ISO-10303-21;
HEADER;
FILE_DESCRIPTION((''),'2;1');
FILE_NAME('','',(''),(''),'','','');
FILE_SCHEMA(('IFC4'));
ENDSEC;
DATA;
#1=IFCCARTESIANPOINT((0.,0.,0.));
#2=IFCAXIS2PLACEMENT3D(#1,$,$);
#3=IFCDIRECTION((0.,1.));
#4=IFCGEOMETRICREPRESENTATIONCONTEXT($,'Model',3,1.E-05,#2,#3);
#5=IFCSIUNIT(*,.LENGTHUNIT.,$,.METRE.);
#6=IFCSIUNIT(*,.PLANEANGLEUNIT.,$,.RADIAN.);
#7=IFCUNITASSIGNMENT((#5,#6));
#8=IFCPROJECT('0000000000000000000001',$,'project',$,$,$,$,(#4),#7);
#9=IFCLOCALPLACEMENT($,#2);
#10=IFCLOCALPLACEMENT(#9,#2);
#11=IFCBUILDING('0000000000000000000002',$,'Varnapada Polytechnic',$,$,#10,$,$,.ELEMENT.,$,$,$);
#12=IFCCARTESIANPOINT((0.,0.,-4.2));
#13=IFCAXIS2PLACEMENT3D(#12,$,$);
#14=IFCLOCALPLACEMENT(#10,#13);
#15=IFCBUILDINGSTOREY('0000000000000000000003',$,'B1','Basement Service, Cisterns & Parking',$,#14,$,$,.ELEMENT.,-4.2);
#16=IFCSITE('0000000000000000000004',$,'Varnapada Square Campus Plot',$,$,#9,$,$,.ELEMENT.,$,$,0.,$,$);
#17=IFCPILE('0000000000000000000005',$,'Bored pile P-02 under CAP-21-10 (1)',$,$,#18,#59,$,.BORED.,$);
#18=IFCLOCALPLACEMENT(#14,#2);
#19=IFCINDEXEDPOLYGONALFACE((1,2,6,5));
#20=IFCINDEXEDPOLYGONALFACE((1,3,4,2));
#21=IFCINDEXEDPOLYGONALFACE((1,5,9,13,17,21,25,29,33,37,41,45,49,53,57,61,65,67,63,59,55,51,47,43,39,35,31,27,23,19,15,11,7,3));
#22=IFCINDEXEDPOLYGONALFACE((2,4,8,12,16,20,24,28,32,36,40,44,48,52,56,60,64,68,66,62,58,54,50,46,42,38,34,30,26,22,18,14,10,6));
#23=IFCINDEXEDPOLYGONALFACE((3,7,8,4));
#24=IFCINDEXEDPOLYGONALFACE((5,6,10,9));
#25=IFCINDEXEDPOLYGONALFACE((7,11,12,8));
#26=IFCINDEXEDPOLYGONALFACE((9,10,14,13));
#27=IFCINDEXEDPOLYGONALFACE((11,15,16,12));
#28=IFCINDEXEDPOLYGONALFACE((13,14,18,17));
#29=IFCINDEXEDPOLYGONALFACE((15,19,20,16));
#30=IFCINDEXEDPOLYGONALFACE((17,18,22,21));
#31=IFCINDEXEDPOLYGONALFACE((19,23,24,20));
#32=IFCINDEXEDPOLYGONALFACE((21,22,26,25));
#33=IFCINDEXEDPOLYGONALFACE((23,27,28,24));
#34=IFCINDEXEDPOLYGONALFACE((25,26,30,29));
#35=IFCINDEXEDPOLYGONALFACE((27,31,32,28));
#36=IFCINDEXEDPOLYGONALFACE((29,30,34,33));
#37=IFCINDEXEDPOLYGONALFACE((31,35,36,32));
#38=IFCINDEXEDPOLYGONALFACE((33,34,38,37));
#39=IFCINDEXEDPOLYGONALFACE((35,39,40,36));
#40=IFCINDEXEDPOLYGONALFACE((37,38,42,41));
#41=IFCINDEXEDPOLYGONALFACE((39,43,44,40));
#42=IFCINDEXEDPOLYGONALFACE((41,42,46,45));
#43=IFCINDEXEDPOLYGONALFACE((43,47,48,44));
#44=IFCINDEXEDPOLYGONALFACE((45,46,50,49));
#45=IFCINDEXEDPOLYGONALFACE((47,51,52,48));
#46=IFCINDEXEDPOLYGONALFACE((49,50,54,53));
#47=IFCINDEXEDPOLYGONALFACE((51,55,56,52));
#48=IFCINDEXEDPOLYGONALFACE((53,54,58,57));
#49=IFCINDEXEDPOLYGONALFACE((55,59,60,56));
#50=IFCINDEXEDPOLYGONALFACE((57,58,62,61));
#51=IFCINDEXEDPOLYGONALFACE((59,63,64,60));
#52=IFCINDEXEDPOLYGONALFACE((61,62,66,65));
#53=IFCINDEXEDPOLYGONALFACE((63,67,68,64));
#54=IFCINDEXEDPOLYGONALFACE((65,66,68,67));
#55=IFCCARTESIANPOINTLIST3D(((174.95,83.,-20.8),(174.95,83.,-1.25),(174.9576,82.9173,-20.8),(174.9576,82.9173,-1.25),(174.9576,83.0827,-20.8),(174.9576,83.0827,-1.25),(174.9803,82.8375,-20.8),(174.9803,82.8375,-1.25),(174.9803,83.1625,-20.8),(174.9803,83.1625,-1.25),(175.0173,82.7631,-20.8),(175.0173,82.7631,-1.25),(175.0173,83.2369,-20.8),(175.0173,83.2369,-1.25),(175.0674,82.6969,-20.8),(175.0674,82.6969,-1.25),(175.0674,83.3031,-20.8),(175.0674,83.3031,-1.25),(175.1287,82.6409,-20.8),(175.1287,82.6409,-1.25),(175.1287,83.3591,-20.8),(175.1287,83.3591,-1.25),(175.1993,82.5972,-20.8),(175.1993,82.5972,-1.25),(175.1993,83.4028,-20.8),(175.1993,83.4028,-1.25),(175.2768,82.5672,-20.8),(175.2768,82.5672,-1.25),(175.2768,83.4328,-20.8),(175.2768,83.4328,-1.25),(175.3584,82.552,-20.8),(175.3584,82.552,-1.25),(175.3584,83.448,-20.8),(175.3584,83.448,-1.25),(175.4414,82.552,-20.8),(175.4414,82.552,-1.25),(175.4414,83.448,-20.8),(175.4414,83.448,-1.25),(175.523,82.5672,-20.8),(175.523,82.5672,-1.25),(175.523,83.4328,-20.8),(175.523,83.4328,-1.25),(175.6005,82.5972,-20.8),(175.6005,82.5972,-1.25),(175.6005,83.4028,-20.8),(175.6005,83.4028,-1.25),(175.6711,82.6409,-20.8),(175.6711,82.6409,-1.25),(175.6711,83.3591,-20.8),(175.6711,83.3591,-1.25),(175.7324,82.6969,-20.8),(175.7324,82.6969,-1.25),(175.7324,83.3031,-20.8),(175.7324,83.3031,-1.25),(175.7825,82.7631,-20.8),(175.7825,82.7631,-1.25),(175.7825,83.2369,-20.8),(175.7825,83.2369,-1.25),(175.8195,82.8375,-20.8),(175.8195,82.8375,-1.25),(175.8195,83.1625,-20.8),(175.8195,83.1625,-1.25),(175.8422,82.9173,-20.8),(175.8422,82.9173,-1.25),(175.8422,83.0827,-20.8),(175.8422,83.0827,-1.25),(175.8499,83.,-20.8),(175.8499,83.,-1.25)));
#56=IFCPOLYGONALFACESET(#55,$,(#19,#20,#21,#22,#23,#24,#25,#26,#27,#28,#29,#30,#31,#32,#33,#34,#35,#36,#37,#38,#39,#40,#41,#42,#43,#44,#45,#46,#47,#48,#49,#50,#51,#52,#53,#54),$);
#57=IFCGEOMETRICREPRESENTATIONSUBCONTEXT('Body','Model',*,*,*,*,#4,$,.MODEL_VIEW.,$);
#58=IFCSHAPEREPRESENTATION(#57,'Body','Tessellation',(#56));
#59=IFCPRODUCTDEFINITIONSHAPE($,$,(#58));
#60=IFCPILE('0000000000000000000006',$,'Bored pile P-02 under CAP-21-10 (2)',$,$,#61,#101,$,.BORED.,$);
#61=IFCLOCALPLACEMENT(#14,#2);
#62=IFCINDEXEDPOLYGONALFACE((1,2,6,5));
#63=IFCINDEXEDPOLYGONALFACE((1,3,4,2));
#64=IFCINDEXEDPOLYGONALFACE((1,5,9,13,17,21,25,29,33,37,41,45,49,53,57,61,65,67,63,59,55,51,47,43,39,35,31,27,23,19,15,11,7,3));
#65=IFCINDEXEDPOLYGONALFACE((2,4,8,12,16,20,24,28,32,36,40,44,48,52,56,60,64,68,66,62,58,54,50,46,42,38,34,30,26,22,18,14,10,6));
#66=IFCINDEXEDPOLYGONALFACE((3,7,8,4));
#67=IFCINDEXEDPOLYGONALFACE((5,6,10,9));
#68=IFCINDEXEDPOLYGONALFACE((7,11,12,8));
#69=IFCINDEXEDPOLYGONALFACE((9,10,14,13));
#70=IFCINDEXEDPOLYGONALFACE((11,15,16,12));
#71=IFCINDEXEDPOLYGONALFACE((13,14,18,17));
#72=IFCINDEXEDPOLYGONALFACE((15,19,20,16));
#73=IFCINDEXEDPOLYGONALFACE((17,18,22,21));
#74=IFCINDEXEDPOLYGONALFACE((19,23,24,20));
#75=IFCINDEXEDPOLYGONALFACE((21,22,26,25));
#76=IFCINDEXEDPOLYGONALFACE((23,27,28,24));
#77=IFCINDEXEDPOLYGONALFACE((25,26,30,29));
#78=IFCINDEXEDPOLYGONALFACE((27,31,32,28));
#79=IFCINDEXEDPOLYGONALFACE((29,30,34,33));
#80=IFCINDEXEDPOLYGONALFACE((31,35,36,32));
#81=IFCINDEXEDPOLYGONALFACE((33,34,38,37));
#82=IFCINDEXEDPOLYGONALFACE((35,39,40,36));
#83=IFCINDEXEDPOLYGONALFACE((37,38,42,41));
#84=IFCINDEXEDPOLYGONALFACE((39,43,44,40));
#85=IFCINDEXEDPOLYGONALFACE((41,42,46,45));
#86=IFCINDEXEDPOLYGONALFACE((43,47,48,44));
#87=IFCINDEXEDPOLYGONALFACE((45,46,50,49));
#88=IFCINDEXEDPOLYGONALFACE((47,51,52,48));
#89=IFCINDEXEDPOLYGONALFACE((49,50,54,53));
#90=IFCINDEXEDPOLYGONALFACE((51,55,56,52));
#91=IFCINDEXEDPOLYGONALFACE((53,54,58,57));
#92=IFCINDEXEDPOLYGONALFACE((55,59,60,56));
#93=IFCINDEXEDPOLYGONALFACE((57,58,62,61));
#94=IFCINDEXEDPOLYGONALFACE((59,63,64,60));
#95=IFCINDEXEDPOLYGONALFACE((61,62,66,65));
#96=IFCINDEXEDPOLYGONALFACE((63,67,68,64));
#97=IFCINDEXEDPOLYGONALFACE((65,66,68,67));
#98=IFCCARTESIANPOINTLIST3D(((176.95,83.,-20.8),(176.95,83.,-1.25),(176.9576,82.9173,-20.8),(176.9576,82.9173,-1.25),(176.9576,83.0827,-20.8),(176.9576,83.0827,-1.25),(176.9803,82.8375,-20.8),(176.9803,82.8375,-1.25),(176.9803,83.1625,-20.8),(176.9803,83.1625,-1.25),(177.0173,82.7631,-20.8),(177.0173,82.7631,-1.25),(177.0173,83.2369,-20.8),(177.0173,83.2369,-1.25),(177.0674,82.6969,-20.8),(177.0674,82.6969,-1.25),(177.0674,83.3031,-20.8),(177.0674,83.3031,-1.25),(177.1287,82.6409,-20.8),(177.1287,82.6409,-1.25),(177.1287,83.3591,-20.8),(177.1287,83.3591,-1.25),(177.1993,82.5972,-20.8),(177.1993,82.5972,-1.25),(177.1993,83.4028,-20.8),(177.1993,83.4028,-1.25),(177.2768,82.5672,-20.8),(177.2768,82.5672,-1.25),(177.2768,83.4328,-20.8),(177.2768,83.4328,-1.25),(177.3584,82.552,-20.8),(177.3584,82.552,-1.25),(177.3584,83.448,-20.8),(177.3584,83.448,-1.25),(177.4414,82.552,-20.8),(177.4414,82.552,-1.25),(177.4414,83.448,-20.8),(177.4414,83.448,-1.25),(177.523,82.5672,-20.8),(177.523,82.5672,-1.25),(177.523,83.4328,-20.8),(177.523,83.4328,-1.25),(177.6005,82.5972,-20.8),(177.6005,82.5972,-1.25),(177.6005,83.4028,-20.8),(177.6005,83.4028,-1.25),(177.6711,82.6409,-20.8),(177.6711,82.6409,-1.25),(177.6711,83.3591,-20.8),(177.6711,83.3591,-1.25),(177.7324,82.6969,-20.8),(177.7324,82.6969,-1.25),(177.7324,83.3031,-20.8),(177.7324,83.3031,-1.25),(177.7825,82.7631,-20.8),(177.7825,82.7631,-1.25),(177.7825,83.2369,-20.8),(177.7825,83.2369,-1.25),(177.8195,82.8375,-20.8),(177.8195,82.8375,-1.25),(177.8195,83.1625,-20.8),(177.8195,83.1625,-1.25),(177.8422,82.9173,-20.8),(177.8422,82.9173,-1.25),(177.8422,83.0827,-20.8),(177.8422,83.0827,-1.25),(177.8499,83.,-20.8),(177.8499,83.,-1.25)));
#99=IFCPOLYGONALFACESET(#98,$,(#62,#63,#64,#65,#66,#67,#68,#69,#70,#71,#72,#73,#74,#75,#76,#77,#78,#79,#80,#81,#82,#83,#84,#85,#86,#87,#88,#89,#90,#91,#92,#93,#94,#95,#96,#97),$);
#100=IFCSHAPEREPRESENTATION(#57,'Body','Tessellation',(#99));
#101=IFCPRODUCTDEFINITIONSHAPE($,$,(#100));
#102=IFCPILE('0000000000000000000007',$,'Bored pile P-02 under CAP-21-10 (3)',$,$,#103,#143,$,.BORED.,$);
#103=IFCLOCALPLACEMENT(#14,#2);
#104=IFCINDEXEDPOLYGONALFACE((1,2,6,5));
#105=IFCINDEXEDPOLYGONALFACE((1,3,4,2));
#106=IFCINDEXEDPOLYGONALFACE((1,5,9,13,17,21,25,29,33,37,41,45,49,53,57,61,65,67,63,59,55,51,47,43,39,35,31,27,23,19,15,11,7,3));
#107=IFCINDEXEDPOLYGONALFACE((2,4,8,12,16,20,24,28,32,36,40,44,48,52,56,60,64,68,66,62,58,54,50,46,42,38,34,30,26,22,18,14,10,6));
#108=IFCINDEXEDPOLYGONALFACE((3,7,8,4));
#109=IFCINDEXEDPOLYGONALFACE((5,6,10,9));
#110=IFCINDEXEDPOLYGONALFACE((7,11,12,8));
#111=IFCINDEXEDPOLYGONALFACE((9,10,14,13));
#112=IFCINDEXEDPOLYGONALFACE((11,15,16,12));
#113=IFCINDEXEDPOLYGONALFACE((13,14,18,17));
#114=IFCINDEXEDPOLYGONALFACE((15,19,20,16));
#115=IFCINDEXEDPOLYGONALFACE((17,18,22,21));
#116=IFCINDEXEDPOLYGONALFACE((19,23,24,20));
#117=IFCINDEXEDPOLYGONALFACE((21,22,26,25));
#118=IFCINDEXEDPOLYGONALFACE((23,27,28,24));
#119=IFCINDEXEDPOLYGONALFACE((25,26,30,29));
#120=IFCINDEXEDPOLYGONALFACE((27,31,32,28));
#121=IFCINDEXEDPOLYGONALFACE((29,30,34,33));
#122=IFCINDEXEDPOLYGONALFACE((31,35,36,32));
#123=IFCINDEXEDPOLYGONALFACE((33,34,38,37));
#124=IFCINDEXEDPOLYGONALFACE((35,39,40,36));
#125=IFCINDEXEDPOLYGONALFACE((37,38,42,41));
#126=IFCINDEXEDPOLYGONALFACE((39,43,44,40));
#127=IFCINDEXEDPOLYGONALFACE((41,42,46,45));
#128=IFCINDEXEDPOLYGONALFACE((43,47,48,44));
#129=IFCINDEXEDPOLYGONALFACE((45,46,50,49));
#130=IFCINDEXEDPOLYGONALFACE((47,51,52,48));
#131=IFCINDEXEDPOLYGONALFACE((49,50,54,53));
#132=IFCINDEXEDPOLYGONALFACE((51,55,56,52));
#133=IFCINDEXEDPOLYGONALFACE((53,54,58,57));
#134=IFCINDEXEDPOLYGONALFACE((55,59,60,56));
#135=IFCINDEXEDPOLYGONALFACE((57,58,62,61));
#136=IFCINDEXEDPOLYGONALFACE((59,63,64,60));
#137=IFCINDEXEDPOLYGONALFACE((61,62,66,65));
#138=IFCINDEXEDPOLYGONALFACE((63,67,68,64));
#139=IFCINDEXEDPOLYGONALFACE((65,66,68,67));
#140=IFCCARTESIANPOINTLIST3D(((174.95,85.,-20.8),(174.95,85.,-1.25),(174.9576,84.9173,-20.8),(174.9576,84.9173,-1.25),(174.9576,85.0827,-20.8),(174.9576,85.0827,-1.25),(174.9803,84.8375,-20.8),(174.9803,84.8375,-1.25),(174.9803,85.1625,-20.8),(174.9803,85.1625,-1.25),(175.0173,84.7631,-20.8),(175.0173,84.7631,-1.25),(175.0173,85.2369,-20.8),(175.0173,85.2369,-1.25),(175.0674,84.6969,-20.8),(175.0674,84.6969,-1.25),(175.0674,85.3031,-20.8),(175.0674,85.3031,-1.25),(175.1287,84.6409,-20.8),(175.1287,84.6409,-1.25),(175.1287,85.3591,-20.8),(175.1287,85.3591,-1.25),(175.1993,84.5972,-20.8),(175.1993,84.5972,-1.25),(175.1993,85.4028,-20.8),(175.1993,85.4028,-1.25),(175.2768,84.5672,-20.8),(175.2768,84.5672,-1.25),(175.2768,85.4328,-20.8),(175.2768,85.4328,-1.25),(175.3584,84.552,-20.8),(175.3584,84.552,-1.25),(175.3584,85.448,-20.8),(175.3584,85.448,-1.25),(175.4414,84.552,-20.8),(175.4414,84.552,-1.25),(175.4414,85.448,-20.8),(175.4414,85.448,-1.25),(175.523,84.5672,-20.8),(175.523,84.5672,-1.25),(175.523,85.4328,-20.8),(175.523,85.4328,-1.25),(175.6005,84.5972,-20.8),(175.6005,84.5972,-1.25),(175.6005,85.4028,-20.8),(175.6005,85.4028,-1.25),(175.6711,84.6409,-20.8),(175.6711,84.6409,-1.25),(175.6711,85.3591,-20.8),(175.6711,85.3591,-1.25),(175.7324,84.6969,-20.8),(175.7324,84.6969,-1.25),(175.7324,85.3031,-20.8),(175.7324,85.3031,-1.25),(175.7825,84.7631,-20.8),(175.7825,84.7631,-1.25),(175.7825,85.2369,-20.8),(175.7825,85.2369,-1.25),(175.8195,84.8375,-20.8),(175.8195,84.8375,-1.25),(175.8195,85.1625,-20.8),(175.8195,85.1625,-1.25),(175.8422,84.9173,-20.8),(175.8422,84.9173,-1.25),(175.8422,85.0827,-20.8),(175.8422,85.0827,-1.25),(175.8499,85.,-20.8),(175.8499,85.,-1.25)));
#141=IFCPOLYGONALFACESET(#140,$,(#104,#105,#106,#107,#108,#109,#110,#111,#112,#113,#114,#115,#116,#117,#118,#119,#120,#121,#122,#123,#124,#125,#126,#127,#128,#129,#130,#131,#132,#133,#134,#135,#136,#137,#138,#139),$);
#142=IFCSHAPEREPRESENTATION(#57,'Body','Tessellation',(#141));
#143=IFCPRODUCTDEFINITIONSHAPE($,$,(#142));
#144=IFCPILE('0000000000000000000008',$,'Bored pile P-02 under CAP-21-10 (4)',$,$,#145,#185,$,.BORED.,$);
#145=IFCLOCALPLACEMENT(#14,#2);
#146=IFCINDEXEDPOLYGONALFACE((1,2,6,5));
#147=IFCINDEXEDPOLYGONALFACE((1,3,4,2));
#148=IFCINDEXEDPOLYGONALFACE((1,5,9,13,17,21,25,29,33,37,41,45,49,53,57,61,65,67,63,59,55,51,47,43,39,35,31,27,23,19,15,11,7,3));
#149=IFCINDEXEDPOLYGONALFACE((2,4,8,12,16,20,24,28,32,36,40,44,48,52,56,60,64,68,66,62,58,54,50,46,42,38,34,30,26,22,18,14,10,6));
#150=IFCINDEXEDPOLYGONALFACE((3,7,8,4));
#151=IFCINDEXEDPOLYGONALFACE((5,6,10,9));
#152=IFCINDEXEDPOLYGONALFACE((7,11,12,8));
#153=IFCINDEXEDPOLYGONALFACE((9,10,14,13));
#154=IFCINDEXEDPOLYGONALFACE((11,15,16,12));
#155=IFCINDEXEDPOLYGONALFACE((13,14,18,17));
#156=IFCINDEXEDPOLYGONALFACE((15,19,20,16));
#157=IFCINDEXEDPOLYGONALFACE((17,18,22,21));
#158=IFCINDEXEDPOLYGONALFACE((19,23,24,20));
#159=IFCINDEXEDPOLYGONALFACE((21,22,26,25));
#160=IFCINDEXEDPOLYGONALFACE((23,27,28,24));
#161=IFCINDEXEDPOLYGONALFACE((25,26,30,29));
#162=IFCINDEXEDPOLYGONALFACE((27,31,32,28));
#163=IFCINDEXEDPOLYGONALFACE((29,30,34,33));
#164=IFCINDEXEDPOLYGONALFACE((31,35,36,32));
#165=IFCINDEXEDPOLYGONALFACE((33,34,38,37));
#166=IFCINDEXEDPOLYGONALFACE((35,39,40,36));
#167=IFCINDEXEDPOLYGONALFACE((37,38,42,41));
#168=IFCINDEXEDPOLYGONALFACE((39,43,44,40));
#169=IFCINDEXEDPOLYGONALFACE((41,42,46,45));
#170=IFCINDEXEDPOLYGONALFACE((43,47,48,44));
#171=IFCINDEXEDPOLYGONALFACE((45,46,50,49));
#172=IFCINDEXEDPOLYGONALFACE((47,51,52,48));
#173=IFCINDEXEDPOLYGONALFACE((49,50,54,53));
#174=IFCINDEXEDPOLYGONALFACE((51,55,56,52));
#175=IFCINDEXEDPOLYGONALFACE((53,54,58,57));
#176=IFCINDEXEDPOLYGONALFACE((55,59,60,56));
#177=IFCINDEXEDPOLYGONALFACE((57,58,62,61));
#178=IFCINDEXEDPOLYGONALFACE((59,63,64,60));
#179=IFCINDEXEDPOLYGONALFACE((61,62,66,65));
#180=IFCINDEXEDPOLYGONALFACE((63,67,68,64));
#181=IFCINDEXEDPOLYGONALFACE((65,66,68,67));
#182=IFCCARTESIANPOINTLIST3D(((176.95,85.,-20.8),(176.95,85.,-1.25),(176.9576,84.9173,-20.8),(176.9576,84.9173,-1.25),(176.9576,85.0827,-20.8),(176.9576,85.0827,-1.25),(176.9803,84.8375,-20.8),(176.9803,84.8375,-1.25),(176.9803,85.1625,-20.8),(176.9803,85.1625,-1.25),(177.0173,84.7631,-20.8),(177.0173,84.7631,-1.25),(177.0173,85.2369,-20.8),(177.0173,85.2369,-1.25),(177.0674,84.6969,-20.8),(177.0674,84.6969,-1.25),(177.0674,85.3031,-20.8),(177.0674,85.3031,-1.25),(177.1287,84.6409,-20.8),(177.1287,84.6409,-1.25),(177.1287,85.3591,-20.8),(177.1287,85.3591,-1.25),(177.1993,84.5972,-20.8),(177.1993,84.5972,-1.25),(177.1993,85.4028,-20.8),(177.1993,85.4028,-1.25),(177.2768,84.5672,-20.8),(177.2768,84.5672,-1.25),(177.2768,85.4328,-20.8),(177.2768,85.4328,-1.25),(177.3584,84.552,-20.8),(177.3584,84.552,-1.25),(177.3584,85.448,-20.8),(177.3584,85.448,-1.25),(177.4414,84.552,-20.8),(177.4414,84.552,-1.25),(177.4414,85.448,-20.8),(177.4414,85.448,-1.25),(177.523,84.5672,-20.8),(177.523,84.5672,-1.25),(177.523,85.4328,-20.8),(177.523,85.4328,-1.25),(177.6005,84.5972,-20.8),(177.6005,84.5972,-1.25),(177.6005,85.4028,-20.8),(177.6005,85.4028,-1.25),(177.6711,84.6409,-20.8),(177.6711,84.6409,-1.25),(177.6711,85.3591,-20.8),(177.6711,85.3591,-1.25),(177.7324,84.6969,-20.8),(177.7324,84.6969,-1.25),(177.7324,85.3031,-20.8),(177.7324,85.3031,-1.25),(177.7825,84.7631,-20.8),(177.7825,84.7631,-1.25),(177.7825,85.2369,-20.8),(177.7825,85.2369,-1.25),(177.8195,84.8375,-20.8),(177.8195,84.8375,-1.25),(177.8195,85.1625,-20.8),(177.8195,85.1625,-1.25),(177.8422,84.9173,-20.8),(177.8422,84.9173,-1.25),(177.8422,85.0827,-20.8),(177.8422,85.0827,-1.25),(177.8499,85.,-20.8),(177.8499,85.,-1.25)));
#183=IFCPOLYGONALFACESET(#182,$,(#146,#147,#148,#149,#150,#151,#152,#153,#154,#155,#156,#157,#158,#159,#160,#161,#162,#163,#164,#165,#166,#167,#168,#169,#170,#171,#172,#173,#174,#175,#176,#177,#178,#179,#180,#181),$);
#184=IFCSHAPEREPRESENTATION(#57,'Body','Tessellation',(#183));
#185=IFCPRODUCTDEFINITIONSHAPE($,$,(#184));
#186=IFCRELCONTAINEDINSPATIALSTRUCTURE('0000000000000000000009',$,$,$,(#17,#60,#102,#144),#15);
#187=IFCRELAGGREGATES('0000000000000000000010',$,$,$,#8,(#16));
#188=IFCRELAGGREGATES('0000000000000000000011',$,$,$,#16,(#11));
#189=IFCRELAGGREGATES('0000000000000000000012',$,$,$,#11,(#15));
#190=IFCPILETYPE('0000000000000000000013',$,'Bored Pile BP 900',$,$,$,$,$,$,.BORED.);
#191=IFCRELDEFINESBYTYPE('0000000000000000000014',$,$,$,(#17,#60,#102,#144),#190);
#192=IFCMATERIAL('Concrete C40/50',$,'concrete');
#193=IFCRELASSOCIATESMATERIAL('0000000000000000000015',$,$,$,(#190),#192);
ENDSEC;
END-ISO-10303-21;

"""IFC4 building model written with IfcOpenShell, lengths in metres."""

from ifc_helpers import new_model, si_unit, direction, frame, origin, origin_2d, place, context, subcontext, project, spatial, circle, extrude, material, material_profile, profile_set, type_object, element, save


model = new_model("IFC4")

# Units and contexts
model_context = context("Model", 3, precision=1e-05, world=origin(), true_north=direction((0.0, 1.0)))
body_context = subcontext(model_context, "Body", "Model", "MODEL_VIEW")
ifc_project = project(units=[si_unit("LENGTHUNIT", "METRE"), si_unit("PLANEANGLEUNIT", "RADIAN")], contexts=[model_context])

# Site, building, storey
site_placement = place(None, origin())
site = spatial("IfcSite", under=ifc_project, at=site_placement, Name="Varnapada Square Campus Plot", CompositionType="ELEMENT", RefElevation=0.0)
building_placement = place(site_placement, origin())
building = spatial("IfcBuilding", under=site, at=building_placement, Name="Varnapada Polytechnic", CompositionType="ELEMENT")
storey_placement = place(building_placement, frame((0.0, 0.0, -4.2)))
storey = spatial("IfcBuildingStorey", under=building, at=storey_placement, Name="B1", Description="Basement Service, Cisterns & Parking", CompositionType="ELEMENT", Elevation=-4.2)

# Piles
ifc_material_1 = material(Name="Concrete C40/50", Category="concrete")
ifc_material_profile_1 = material_profile(ifc_material_1, circle(Radius=0.45, at=origin_2d()), Name="BP 900")
ifc_profile_set_1 = profile_set([ifc_material_profile_1], Name="Concrete C40/50")
pile_type = type_object("IfcPileType", Name="Bored Pile BP 900", PredefinedType="BORED", material=ifc_profile_set_1)
for number, where, z_axis, x_axis, name in (
    (1, (175.3999, 83.0, -1.25), (0.0, 0.0, -1.0), (1.0, 0.0, 0.0), "Bored pile P-02 under CAP-21-10 (1)"),
    (2, (177.3999, 83.0, -1.25), (0.0, 0.0, -1.0), (1.0, 0.0, 0.0), "Bored pile P-02 under CAP-21-10 (2)"),
    (3, (175.3999, 85.0, -1.25), (0.0, 0.0, -1.0), (1.0, 0.0, 0.0), "Bored pile P-02 under CAP-21-10 (3)"),
    (4, (177.3999, 85.0, -1.25), (0.0, 0.0, -1.0), (1.0, 0.0, 0.0), "Bored pile P-02 under CAP-21-10 (4)"),
):
    element("IfcPile", number, at=place(storey_placement, frame(where, z_axis=z_axis, x_axis=x_axis)), inside=storey, type_object=pile_type, Name=name, PredefinedType="BORED", context=body_context, shape_type="SweptSolid", body=[
        extrude(circle(Radius=0.45, at=origin_2d()), origin(), (0.0, 0.0, 1.0), 19.55),
    ])

save(model, "model.ifc")
